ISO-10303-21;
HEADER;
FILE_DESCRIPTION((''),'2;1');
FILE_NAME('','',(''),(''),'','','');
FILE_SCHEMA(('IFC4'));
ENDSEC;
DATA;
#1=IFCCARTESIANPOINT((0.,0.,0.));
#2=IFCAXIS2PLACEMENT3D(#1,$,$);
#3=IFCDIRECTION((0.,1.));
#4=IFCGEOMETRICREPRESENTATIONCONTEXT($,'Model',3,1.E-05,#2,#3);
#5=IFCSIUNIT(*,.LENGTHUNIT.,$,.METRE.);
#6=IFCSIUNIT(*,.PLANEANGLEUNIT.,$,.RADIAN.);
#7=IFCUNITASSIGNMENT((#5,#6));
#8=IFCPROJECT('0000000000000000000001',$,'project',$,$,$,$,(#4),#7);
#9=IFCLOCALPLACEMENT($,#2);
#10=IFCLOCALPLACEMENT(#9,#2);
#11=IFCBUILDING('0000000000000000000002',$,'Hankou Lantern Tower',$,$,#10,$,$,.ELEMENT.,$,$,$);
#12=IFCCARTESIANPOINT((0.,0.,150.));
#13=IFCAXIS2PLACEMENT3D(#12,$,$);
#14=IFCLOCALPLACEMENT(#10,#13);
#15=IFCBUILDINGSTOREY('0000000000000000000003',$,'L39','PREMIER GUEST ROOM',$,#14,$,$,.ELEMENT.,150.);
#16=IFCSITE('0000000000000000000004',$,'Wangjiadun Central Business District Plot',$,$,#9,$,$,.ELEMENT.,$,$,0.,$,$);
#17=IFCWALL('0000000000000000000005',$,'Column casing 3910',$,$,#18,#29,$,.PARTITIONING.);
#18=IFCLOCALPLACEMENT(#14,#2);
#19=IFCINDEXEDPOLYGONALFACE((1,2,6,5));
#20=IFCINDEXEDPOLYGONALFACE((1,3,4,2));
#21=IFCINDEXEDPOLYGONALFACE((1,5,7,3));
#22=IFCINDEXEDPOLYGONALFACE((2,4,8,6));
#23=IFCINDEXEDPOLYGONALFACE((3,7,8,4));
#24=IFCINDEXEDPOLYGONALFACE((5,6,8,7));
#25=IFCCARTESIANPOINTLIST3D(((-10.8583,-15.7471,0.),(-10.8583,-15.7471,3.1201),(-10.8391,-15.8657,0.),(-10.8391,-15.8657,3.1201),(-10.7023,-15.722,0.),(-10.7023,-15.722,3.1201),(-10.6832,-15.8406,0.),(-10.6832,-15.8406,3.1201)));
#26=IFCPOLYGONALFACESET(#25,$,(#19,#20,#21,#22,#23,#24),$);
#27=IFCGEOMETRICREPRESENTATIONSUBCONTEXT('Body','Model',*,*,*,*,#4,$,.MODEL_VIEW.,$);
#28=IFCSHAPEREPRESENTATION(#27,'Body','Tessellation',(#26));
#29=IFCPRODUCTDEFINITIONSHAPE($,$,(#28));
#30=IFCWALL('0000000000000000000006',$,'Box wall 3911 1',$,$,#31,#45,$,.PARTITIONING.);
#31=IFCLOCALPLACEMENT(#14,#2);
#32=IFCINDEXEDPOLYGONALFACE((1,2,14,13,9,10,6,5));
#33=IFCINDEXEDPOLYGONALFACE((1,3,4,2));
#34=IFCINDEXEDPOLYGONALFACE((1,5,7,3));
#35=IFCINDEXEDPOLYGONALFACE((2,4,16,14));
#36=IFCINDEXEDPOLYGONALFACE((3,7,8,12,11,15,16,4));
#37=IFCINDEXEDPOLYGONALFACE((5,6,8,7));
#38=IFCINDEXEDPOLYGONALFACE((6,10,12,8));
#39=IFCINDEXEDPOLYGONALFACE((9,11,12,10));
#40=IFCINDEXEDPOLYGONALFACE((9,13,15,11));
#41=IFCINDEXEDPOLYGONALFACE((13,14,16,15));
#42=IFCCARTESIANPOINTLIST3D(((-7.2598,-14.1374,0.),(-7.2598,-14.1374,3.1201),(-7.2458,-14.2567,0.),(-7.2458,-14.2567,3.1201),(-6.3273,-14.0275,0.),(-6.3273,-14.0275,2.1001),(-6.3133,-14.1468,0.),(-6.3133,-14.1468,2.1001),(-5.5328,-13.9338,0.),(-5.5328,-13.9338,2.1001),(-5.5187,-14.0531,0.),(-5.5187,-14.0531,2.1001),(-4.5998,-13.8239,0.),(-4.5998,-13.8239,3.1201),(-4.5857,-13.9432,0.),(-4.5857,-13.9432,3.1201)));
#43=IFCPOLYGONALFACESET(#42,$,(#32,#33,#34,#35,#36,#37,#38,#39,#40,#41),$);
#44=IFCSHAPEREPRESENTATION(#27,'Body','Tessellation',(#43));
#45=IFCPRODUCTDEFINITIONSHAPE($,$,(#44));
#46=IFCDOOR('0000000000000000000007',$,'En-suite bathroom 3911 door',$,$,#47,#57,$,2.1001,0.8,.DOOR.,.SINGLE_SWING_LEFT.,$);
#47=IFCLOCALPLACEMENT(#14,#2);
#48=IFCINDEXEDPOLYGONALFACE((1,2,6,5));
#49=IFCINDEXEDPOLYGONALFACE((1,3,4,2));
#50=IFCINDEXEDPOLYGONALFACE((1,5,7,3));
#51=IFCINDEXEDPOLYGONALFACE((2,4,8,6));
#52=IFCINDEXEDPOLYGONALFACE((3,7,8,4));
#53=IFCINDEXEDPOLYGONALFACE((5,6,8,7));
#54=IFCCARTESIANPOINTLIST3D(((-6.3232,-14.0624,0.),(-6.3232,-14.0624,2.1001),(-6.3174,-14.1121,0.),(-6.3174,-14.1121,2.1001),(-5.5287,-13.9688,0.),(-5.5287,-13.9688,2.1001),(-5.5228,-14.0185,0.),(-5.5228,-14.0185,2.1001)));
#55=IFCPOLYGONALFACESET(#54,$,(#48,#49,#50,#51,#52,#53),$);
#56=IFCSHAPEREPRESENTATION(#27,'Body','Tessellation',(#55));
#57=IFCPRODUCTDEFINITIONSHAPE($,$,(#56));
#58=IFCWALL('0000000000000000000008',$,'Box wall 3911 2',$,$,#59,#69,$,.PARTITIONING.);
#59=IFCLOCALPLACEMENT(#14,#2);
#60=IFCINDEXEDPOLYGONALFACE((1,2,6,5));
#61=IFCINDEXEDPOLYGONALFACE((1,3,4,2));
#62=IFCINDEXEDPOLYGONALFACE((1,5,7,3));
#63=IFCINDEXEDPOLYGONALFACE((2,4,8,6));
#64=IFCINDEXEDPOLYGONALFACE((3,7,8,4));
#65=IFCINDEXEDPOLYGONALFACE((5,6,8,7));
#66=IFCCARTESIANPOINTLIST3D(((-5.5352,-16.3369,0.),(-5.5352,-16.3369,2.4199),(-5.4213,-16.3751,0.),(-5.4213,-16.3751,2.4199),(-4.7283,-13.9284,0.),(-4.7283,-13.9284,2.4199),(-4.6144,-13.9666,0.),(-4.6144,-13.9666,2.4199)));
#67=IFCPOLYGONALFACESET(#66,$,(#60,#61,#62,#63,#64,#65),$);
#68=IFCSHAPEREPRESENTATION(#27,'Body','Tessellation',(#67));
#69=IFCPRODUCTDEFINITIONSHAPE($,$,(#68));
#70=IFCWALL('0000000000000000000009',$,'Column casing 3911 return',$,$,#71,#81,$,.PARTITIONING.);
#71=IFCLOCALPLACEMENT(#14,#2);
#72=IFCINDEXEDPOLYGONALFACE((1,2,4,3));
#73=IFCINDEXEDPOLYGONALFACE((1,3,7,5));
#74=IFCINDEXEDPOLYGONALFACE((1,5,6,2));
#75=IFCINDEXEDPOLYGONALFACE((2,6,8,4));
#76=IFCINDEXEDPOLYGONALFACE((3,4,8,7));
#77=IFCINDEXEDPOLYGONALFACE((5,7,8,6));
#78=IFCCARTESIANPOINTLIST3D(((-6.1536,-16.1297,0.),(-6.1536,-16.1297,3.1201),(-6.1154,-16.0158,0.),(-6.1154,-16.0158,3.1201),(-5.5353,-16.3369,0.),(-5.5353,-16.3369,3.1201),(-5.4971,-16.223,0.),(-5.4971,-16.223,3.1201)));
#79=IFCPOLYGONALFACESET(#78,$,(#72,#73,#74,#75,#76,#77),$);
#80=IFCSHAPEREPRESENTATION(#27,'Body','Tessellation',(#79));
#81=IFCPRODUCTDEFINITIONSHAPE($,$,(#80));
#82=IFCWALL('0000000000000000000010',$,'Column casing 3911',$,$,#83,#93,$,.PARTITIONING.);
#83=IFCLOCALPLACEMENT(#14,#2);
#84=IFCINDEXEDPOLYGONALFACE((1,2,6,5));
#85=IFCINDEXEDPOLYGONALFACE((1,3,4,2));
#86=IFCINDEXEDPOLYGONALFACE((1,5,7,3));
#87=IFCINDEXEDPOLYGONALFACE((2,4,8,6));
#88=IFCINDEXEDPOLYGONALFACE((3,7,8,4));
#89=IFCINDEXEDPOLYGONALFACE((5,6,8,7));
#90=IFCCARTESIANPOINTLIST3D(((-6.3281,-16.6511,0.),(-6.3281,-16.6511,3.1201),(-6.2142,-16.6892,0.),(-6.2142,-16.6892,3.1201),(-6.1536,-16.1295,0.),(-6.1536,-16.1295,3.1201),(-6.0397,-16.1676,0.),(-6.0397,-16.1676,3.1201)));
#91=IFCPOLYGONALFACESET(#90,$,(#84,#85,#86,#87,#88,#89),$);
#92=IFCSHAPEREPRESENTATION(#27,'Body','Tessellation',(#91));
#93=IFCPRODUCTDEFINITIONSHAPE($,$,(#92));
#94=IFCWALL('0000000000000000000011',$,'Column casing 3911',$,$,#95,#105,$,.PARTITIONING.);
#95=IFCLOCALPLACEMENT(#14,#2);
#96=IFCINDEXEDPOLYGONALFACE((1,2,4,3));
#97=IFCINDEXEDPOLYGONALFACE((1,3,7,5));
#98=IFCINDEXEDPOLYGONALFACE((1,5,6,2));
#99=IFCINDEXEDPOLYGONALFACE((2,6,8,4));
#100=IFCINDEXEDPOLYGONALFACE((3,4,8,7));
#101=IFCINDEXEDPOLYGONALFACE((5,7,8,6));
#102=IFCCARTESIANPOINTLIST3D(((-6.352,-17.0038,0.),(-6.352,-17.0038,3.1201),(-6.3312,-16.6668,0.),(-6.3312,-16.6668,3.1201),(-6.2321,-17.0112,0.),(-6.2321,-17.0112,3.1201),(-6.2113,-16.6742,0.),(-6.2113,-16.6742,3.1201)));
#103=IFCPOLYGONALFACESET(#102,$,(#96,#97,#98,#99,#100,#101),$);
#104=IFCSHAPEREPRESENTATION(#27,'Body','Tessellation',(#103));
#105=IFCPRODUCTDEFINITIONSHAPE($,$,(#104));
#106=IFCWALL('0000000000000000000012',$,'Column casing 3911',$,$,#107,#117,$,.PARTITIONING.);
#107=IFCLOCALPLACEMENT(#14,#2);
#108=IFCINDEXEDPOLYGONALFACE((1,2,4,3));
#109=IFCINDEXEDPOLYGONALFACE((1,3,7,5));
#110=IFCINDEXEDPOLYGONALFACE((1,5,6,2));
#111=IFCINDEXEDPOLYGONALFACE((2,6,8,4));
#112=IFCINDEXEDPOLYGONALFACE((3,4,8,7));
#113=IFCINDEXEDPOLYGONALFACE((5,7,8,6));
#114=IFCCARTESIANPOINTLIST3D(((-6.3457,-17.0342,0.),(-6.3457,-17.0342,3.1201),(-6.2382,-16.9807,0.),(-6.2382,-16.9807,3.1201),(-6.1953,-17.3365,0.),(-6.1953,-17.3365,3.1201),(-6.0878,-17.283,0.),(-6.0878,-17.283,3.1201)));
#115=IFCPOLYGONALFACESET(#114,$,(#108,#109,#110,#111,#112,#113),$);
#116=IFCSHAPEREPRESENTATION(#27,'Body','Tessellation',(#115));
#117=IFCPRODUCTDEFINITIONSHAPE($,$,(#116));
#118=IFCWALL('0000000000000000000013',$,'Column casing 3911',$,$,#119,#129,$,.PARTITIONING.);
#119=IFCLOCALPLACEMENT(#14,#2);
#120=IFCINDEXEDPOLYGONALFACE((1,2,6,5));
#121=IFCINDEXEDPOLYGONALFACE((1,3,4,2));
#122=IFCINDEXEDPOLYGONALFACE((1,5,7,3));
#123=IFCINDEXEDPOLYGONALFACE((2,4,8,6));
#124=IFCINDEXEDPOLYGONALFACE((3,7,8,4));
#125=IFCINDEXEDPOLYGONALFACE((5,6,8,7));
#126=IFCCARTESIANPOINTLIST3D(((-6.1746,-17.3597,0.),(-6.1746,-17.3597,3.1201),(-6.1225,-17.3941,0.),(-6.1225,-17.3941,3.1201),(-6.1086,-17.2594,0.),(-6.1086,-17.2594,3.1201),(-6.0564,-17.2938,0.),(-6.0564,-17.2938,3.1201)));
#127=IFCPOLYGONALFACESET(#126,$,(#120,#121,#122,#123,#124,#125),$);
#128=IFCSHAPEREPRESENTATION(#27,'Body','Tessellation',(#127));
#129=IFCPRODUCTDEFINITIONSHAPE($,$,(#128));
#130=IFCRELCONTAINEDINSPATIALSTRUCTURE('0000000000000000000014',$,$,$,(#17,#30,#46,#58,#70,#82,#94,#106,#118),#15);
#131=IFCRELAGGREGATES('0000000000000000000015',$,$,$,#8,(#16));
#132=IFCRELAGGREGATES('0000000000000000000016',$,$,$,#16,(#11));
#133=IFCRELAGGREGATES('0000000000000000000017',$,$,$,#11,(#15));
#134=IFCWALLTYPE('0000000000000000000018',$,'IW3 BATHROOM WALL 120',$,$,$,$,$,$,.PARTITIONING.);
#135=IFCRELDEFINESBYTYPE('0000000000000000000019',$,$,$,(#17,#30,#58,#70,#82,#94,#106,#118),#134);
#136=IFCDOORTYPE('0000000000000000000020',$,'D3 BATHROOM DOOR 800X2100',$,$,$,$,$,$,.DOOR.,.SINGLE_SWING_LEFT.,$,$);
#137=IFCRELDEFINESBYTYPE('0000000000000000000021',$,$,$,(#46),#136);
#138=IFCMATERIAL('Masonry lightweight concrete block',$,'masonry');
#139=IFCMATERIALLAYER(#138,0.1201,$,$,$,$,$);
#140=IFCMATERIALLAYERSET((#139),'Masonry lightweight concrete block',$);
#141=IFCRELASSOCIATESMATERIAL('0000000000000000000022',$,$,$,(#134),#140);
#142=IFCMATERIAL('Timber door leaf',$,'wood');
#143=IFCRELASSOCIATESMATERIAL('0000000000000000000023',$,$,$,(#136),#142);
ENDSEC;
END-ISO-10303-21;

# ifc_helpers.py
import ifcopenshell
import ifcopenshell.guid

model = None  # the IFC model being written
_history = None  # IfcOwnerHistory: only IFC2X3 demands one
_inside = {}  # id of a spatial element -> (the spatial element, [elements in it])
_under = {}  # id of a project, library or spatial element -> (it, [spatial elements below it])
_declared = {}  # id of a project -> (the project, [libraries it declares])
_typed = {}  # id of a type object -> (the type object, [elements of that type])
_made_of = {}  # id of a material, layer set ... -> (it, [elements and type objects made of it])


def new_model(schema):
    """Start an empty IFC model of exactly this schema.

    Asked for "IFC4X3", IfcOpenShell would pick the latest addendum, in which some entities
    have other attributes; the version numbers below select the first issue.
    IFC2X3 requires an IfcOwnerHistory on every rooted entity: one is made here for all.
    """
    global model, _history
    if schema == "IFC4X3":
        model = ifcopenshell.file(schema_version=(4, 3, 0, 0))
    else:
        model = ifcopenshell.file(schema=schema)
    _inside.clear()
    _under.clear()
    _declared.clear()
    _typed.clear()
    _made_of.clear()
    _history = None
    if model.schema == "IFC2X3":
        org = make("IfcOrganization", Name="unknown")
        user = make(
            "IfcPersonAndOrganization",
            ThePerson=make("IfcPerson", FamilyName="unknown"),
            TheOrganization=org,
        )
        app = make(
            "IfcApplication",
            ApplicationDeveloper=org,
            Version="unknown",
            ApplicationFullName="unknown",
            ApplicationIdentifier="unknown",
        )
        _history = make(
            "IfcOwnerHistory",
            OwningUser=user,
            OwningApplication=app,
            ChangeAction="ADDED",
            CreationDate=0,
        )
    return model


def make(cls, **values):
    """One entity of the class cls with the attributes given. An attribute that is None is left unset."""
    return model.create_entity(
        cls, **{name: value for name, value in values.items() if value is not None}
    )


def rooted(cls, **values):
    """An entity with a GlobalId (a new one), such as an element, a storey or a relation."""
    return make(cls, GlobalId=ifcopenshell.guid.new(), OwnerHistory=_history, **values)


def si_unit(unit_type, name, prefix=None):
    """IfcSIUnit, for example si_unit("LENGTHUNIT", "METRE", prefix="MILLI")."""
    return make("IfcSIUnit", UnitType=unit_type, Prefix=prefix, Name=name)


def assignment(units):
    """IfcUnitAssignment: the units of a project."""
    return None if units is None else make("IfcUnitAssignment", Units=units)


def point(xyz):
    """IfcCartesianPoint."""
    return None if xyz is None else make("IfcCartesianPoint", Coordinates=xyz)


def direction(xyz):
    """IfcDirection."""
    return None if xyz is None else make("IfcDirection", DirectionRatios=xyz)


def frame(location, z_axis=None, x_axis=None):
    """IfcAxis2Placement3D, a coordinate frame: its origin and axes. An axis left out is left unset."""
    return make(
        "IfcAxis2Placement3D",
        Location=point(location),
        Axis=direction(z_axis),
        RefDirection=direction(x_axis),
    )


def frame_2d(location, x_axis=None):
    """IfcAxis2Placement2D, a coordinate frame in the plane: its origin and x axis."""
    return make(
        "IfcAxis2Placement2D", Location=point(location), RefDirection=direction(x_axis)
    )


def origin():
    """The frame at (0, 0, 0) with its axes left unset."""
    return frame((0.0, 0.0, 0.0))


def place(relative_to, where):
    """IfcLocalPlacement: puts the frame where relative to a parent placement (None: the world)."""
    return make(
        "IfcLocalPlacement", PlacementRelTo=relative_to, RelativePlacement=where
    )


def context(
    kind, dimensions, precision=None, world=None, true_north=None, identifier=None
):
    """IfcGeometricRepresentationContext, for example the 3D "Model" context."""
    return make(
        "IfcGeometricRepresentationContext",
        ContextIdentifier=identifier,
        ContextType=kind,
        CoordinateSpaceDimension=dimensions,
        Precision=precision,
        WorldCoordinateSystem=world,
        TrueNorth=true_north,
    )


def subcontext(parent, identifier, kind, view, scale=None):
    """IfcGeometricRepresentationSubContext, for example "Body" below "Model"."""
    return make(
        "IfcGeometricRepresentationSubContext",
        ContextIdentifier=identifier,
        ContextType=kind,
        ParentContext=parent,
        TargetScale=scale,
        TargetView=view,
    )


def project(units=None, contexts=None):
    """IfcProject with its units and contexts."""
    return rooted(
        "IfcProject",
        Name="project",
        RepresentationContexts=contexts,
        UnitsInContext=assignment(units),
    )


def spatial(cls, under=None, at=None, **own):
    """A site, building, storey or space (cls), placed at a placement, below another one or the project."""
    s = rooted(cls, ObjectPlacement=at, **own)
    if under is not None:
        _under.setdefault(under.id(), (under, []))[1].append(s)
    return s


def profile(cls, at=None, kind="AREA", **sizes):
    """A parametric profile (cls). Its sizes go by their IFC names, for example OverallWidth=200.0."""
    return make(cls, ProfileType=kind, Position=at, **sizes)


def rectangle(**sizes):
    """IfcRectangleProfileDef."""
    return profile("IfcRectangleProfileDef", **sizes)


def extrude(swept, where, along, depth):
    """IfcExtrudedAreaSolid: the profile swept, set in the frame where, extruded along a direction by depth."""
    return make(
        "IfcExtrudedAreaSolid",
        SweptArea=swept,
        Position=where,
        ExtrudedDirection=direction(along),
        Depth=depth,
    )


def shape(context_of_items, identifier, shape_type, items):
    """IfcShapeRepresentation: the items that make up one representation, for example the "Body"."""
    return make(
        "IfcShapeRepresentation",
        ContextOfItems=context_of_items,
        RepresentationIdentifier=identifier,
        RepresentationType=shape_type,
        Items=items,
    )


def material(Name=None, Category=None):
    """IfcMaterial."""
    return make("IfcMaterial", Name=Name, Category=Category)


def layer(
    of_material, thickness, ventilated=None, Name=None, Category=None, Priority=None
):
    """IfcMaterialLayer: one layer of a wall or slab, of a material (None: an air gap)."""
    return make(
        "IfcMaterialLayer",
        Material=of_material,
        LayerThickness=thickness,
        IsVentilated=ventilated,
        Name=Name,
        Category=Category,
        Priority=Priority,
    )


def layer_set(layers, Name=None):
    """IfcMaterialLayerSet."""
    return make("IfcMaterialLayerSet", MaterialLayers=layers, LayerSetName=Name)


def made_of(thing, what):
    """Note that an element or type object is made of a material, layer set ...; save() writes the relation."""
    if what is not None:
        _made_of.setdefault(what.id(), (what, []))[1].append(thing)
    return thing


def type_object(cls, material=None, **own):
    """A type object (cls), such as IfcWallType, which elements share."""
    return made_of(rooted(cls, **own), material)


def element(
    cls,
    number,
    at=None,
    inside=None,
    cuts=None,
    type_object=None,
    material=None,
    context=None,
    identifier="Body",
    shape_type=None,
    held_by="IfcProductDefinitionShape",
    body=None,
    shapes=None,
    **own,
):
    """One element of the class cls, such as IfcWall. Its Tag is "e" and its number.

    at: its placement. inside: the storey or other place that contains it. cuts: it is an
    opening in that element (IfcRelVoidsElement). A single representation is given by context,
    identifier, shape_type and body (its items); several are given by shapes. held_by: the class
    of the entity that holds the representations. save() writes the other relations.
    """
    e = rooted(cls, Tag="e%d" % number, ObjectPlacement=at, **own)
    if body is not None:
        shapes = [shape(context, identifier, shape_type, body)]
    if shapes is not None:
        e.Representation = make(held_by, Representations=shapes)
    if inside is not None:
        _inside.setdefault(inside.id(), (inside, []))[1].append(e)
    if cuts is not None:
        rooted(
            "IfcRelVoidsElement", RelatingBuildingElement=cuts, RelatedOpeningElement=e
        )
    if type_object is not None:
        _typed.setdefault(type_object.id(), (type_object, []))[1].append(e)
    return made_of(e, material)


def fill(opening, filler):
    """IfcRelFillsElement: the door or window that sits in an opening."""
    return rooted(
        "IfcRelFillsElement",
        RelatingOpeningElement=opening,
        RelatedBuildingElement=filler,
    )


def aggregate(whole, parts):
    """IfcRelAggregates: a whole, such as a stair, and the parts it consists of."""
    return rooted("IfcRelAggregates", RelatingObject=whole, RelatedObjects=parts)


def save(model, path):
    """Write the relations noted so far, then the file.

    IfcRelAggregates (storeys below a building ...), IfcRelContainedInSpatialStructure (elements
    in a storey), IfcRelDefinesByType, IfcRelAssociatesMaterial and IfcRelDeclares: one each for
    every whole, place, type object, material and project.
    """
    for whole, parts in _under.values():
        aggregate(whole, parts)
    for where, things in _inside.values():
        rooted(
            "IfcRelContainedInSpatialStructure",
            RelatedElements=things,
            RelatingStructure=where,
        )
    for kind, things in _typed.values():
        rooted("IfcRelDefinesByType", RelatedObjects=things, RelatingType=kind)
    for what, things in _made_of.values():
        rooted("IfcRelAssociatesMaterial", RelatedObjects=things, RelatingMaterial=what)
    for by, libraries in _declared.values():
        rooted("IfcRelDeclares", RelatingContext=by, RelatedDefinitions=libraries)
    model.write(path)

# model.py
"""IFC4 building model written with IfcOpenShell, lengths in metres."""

from ifc_helpers import new_model, si_unit, direction, frame, frame_2d, origin, place, context, subcontext, project, spatial, rectangle, extrude, material, layer, layer_set, type_object, element, fill, save


model = new_model("IFC4")

# Units and contexts
model_context = context("Model", 3, precision=1e-05, world=origin(), true_north=direction((0.0, 1.0)))
body_context = subcontext(model_context, "Body", "Model", "MODEL_VIEW")
ifc_project = project(units=[si_unit("LENGTHUNIT", "METRE"), si_unit("PLANEANGLEUNIT", "RADIAN")], contexts=[model_context])

# Site, building, storey
site_placement = place(None, origin())
site = spatial("IfcSite", under=ifc_project, at=site_placement, Name="Wangjiadun Central Business District Plot", CompositionType="ELEMENT", RefElevation=0.0)
building_placement = place(site_placement, origin())
building = spatial("IfcBuilding", under=site, at=building_placement, Name="Hankou Lantern Tower", CompositionType="ELEMENT")
storey_placement = place(building_placement, frame((0.0, 0.0, 150.0)))
storey = spatial("IfcBuildingStorey", under=building, at=storey_placement, Name="L39", Description="PREMIER GUEST ROOM", CompositionType="ELEMENT", Elevation=150.0)

# Shared definitions
ifc_material_1 = material(Name="Masonry lightweight concrete block", Category="masonry")
ifc_layer_1 = layer(ifc_material_1, 0.1201)
ifc_layer_set_1 = layer_set([ifc_layer_1], Name="Masonry lightweight concrete block")
wall_type_1 = type_object("IfcWallType", Name="IW3 BATHROOM WALL 120", PredefinedType="PARTITIONING", material=ifc_layer_set_1)
ifc_material_2 = material(Name="Timber door leaf", Category="wood")
door_type = type_object("IfcDoorType", Name="D3 BATHROOM DOOR 800X2100", OperationType="SINGLE_SWING_LEFT", PredefinedType="DOOR", material=ifc_material_2)

# Wall
wall_1_placement = place(storey_placement, frame((-10.6926, -15.7812, 0.0), z_axis=(0.0, 0.0, 1.0), x_axis=(-0.987257, -0.159135, 0.0)))
element("IfcWall", 1, at=wall_1_placement, inside=storey, type_object=wall_type_1, Name="Column casing 3910", PredefinedType="PARTITIONING", context=body_context, shape_type="SweptSolid", body=[
    extrude(rectangle(XDim=0.158, YDim=0.1201, at=frame_2d((0.0791, 0.0))), origin(), (0.0, 0.0, 1.0), 3.1201),
])

# Wall, opening, door
wall_2_placement = place(storey_placement, frame((-7.2529, -14.197, 0.0), z_axis=(0.0, 0.0, 1.0), x_axis=(0.993128, 0.117032, 0.0)))
wall_2 = element("IfcWall", 2, at=wall_2_placement, inside=storey, type_object=wall_type_1, Name="Box wall 3911 1", PredefinedType="PARTITIONING", context=body_context, shape_type="SweptSolid", body=[
    extrude(rectangle(XDim=2.6785, YDim=0.1201, at=frame_2d((1.3394, 0.0))), origin(), (0.0, 0.0, 1.0), 3.1201),
])
opening_1_placement = place(wall_2_placement, frame((0.9392, 0.0, 0.0)))
opening_1 = element("IfcOpeningElement", 3, at=opening_1_placement, cuts=wall_2, PredefinedType="OPENING", context=body_context, shape_type="SweptSolid", body=[
    extrude(rectangle(XDim=0.8, YDim=2.1001, at=frame_2d((0.3999, 1.05))), frame((0.0, 0.0701, 0.0), z_axis=(0.0, -1.0, 0.0), x_axis=(1.0, 0.0, 0.0)), (0.0, 0.0, 1.0), 0.1401),
])
door_1_placement = place(opening_1_placement, origin())
door_1 = element("IfcDoor", 4, at=door_1_placement, inside=storey, type_object=door_type, Name="En-suite bathroom 3911 door", OperationType="SINGLE_SWING_LEFT", OverallHeight=2.1001, OverallWidth=0.8, PredefinedType="DOOR", context=body_context, shape_type="SweptSolid", body=[
    extrude(rectangle(XDim=0.8, YDim=2.1001, at=frame_2d((0.3999, 1.05))), frame((0.0, 0.0249, 0.0), z_axis=(0.0, -1.0, 0.0), x_axis=(1.0, 0.0, 0.0)), (0.0, 0.0, 1.0), 0.05),
])
fill(opening_1, door_1)

# Walls
wall_3_placement = place(storey_placement, frame((-4.6714, -13.9475, 0.0), z_axis=(0.0, 0.0, 1.0), x_axis=(-0.317669, -0.948202, 0.0)))
element("IfcWall", 5, at=wall_3_placement, inside=storey, type_object=wall_type_1, Name="Box wall 3911 2", PredefinedType="PARTITIONING", context=body_context, shape_type="SweptSolid", body=[
    extrude(rectangle(XDim=2.54, YDim=0.1201, at=frame_2d((1.27, 0.0))), origin(), (0.0, 0.0, 1.0), 2.4199),
])
wall_4_placement = place(storey_placement, frame((-5.5161, -16.28, 0.0), z_axis=(0.0, 0.0, 1.0), x_axis=(-0.948158, 0.317799, 0.0)))
element("IfcWall", 6, at=wall_4_placement, inside=storey, type_object=wall_type_1, Name="Column casing 3911 return", PredefinedType="PARTITIONING", context=body_context, shape_type="SweptSolid", body=[
    extrude(rectangle(XDim=0.6521, YDim=0.1201, at=frame_2d((0.3262, 0.0))), origin(), (0.0, 0.0, 1.0), 3.1201),
])
wall_5_placement = place(storey_placement, frame((-6.0967, -16.1487, 0.0), z_axis=(0.0, 0.0, 1.0), x_axis=(-0.317293, -0.948328, 0.0)))
element("IfcWall", 7, at=wall_5_placement, inside=storey, type_object=wall_type_1, Name="Column casing 3911", PredefinedType="PARTITIONING", context=body_context, shape_type="SweptSolid", body=[
    extrude(rectangle(XDim=0.55, YDim=0.1201, at=frame_2d((0.2749, 0.0))), origin(), (0.0, 0.0, 1.0), 3.1201),
])
for number, where, z_axis, x_axis, name in (
    (8, (-6.2712, -16.6704, 0.0), (0.0, 0.0, 1.0), (-0.061478, -0.998108, 0.0), "Column casing 3911"),
    (9, (-6.292, -17.0073, 0.0), (0.0, 0.0, 1.0), (0.445477, -0.895293, 0.0), "Column casing 3911"),
):
    element("IfcWall", number, at=place(storey_placement, frame(where, z_axis=z_axis, x_axis=x_axis)), inside=storey, type_object=wall_type_1, Name=name, PredefinedType="PARTITIONING", context=body_context, shape_type="SweptSolid", body=[
        extrude(rectangle(XDim=0.3376, YDim=0.1201, at=frame_2d((0.1689, 0.0))), origin(), (0.0, 0.0, 1.0), 3.1201),
    ])
wall_6_placement = place(storey_placement, frame((-6.1416, -17.3096, 0.0), z_axis=(0.0, 0.0, 1.0), x_axis=(0.83504, -0.55019, 0.0)))
element("IfcWall", 10, at=wall_6_placement, inside=storey, type_object=wall_type_1, Name="Column casing 3911", PredefinedType="PARTITIONING", context=body_context, shape_type="SweptSolid", body=[
    extrude(rectangle(XDim=0.0625, YDim=0.1201, at=frame_2d((0.0312, 0.0))), origin(), (0.0, 0.0, 1.0), 3.1201),
])

save(model, "model.ifc")
